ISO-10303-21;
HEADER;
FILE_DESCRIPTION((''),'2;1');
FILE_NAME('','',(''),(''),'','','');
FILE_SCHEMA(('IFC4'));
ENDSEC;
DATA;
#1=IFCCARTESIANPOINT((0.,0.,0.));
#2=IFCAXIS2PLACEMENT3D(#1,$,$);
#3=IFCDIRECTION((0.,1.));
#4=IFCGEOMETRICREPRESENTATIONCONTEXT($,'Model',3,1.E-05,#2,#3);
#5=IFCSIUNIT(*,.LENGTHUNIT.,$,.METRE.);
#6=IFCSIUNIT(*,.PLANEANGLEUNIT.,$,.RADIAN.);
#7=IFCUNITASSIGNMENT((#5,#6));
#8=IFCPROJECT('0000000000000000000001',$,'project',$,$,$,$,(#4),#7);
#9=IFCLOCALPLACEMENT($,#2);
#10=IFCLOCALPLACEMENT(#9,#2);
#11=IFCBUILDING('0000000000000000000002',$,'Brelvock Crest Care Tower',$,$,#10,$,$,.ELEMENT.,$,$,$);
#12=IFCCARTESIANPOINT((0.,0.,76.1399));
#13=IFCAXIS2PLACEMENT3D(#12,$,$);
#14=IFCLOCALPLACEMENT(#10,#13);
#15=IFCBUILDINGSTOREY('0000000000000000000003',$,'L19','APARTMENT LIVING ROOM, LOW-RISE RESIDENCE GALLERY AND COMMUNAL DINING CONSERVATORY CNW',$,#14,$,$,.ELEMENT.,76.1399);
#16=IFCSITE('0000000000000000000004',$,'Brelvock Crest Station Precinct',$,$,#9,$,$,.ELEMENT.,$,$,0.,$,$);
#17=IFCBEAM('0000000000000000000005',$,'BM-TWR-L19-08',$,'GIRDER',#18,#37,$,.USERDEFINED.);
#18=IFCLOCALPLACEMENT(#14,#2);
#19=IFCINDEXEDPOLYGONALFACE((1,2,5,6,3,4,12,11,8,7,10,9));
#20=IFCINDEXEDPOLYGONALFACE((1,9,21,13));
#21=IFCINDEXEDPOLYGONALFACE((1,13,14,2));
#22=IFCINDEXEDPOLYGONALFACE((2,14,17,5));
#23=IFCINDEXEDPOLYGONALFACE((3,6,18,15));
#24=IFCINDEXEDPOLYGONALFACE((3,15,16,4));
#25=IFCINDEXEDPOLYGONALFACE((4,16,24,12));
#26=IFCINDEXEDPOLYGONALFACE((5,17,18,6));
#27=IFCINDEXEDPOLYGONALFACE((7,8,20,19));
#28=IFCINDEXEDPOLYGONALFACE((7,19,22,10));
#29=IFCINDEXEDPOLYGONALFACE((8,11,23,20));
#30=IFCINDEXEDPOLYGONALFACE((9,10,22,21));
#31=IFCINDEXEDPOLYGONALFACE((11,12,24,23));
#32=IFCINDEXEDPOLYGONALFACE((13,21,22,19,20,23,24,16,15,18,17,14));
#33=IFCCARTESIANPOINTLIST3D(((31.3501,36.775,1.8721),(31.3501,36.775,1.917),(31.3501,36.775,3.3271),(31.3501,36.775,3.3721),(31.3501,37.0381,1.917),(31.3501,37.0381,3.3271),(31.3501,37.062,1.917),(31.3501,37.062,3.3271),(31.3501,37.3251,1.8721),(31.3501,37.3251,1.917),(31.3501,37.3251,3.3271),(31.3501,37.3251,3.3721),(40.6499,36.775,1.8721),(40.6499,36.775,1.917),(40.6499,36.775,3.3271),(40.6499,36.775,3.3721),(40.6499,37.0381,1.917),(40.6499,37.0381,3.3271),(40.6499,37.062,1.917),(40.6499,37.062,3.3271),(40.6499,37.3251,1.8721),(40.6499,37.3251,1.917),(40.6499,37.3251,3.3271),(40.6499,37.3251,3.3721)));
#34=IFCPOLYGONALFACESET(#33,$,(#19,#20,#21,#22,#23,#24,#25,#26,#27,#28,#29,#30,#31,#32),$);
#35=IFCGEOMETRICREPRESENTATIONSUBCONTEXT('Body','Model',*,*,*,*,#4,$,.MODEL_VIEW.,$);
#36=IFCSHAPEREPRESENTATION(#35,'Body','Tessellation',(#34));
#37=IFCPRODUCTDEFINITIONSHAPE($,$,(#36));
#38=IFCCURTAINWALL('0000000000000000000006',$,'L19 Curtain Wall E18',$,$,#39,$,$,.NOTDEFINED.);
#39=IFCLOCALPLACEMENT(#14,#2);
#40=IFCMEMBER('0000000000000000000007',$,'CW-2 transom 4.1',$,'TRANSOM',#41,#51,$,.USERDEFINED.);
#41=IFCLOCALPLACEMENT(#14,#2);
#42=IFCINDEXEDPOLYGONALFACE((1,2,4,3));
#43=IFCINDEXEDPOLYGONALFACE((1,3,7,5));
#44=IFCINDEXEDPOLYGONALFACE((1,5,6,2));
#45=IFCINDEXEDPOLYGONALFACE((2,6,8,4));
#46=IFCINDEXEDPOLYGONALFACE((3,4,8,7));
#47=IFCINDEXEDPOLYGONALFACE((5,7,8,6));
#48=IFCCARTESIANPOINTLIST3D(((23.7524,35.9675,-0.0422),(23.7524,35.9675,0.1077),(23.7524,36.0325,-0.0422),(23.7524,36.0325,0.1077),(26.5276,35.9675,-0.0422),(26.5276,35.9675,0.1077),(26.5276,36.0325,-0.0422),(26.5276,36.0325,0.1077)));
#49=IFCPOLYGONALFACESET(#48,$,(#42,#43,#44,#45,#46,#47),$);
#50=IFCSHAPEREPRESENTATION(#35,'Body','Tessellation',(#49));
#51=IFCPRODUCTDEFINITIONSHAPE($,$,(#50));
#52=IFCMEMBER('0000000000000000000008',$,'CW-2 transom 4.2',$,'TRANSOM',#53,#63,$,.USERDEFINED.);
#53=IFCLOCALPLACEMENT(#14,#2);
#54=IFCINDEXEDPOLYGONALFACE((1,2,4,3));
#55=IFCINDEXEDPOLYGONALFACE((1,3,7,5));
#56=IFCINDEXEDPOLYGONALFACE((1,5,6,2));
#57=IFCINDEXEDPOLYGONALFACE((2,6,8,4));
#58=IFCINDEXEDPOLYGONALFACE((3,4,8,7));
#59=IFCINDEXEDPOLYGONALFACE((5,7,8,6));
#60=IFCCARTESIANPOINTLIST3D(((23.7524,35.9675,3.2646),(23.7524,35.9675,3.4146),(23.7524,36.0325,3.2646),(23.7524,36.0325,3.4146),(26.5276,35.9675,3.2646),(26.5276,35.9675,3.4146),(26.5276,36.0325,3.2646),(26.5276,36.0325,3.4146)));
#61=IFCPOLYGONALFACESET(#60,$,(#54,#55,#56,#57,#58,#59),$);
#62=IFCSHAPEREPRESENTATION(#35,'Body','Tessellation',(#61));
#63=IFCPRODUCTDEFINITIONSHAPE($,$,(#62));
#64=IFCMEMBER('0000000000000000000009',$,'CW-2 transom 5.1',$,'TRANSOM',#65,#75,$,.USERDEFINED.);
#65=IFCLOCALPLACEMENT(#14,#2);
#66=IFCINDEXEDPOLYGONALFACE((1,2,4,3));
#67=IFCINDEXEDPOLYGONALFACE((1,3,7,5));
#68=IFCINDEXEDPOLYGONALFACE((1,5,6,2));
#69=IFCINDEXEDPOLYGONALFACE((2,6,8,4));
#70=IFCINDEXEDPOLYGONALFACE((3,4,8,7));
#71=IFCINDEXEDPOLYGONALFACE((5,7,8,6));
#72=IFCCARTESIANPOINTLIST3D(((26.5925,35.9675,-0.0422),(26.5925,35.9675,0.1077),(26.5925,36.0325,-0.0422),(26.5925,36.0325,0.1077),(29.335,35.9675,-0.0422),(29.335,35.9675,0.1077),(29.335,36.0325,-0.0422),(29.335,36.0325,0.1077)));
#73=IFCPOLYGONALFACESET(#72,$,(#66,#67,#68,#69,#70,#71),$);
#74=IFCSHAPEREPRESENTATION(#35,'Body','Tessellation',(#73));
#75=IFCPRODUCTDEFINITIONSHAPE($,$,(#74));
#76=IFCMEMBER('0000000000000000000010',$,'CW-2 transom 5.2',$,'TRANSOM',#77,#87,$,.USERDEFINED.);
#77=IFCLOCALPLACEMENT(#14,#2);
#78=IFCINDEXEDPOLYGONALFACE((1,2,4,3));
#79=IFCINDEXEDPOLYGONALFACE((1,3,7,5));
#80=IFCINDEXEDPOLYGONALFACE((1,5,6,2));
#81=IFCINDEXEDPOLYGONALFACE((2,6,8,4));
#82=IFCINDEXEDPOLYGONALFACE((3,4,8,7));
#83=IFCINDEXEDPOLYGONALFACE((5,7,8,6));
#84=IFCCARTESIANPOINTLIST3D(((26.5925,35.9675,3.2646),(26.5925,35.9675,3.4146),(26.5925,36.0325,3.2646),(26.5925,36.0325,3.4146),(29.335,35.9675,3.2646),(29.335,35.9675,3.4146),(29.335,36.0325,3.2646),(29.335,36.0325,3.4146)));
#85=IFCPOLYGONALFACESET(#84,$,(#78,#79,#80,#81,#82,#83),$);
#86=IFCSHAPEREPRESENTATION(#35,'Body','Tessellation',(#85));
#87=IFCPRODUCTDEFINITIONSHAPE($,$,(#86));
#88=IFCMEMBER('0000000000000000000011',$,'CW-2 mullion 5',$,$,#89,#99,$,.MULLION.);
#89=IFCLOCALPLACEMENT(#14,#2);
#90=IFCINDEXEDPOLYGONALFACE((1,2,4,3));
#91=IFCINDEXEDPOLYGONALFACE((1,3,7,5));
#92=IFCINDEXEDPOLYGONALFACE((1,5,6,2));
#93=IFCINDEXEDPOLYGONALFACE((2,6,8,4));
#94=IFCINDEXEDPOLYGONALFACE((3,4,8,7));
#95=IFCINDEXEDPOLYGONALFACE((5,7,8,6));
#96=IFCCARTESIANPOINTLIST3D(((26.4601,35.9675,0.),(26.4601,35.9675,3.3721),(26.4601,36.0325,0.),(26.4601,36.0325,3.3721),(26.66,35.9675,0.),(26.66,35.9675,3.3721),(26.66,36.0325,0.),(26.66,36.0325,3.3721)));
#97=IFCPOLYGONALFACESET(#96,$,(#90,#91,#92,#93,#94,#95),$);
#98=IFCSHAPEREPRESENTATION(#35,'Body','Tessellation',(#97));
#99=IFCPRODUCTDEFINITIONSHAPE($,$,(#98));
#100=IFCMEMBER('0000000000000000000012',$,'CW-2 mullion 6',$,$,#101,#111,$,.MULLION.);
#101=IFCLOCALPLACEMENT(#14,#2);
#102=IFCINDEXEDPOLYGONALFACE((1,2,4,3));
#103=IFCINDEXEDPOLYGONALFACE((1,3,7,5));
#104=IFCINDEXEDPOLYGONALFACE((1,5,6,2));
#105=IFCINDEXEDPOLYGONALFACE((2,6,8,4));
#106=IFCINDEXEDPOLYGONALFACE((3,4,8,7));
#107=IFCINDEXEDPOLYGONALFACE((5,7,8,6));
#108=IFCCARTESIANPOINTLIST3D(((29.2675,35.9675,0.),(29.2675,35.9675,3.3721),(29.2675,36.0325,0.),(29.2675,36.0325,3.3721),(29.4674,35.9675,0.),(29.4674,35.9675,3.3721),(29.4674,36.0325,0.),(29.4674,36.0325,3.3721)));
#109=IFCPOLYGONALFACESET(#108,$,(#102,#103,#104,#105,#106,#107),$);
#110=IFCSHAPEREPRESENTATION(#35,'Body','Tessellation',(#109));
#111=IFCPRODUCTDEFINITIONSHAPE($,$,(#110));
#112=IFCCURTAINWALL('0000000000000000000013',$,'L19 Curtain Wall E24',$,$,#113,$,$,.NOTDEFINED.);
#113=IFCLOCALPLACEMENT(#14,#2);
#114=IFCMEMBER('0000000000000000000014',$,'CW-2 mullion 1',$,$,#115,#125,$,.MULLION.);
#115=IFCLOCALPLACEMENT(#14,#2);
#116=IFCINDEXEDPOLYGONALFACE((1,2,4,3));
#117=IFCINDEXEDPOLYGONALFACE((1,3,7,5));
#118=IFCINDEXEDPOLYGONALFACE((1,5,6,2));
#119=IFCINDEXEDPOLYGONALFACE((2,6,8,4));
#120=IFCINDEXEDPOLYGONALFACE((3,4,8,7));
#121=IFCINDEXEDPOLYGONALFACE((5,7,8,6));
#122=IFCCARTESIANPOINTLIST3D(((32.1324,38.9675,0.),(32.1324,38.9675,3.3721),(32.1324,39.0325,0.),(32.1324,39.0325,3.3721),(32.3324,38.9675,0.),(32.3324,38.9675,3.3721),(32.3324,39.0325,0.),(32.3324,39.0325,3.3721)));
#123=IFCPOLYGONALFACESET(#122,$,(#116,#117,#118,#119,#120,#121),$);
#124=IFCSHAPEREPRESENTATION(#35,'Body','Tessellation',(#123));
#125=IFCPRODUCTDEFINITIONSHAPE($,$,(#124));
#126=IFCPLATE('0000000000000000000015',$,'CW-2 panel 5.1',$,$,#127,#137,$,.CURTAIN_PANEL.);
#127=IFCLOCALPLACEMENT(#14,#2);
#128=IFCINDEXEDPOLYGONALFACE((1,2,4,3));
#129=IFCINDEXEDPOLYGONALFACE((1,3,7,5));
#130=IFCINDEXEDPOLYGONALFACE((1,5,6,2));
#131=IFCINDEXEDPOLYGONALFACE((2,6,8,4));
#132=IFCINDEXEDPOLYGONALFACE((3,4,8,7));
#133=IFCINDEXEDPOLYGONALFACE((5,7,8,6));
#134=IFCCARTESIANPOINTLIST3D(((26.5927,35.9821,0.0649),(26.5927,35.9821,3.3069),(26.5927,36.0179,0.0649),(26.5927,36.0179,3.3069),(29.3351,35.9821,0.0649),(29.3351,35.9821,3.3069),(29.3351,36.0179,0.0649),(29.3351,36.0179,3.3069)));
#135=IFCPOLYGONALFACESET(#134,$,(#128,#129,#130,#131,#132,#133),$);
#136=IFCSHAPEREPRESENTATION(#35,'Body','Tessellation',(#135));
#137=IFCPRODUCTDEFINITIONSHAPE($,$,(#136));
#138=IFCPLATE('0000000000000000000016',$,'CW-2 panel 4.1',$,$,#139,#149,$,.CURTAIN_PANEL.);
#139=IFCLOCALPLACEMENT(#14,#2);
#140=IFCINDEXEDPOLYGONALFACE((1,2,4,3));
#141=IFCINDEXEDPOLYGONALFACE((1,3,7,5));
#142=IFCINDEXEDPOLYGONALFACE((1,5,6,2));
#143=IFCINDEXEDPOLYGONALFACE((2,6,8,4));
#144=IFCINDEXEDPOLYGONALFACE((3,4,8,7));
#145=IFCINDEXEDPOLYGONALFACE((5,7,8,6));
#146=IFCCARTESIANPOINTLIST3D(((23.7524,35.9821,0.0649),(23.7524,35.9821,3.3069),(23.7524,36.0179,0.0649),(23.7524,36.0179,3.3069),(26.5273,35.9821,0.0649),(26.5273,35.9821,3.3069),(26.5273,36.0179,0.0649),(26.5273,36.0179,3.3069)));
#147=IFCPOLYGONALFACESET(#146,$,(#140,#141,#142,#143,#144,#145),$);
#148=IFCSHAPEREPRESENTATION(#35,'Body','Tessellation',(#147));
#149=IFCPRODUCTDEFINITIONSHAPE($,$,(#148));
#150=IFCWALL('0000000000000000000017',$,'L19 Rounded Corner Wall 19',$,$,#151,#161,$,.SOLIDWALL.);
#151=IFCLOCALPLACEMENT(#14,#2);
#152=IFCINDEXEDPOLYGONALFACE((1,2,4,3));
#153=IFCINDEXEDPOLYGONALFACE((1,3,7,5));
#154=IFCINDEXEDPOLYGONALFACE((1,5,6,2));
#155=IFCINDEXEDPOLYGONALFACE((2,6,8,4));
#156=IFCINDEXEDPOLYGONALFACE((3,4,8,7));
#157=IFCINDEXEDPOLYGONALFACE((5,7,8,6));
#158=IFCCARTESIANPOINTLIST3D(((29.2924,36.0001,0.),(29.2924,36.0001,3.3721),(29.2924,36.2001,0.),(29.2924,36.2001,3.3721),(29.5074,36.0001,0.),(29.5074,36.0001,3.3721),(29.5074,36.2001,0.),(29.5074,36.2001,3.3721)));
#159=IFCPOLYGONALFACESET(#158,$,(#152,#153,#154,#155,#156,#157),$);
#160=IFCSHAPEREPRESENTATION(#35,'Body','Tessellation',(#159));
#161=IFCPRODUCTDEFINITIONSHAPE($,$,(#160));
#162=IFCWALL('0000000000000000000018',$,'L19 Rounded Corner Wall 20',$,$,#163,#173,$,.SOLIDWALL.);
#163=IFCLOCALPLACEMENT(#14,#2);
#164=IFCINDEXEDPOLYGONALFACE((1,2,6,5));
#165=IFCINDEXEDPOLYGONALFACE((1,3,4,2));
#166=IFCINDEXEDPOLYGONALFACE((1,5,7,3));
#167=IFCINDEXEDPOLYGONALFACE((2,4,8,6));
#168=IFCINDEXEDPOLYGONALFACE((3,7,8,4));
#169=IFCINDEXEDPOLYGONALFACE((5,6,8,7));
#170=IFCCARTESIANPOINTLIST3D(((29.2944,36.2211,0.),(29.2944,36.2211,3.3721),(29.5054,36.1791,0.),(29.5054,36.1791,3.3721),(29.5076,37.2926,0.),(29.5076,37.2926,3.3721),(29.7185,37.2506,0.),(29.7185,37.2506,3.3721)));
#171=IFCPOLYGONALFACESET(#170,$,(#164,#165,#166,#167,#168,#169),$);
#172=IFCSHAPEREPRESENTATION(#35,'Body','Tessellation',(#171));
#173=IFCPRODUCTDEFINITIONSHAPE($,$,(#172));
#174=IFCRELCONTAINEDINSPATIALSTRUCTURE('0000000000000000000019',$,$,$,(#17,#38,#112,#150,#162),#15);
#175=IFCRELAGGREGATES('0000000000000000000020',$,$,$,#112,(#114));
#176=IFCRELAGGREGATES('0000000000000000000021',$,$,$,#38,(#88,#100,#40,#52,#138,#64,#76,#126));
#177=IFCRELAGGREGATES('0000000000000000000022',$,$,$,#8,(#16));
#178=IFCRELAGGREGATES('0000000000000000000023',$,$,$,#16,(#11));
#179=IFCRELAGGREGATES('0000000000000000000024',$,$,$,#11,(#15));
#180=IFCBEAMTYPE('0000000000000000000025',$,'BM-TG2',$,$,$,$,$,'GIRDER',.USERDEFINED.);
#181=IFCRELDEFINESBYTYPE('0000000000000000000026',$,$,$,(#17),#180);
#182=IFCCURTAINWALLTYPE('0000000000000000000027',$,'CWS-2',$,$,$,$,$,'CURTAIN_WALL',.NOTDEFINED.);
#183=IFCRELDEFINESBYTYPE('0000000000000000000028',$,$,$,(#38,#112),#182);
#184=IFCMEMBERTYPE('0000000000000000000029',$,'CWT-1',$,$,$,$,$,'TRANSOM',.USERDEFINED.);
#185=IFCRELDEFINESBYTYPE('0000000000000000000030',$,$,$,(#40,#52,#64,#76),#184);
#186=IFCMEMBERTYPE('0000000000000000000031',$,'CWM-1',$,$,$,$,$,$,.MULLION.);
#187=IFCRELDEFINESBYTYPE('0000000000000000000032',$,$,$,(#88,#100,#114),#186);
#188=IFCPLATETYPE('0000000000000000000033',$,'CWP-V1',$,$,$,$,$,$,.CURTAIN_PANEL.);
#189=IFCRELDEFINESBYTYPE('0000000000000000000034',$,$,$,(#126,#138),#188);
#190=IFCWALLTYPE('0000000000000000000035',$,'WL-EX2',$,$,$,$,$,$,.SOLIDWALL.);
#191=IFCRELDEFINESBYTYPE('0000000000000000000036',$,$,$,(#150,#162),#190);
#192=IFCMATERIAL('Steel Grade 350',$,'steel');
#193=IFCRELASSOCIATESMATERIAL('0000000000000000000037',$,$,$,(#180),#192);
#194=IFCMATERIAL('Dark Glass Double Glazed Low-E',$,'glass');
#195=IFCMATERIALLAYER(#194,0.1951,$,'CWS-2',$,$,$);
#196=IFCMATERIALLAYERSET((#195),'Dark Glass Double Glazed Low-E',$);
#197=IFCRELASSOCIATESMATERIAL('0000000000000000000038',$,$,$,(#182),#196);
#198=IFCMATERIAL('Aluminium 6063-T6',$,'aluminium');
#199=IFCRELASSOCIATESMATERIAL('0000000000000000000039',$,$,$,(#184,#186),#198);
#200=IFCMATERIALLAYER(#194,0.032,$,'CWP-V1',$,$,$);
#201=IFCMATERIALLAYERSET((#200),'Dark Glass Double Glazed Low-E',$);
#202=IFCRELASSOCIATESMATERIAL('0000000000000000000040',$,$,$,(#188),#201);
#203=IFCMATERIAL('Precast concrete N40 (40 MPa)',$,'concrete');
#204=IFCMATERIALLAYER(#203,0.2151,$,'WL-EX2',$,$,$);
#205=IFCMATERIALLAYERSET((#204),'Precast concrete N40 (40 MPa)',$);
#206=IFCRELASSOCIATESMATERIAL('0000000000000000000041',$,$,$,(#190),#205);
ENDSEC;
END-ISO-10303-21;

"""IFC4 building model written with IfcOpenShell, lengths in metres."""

from ifc_helpers import new_model, si_unit, direction, frame, frame_2d, origin, origin_2d, place, context, subcontext, project, spatial, rectangle, i_section, extrude, source, transform, mapped, material, layer, layer_set, material_profile, profile_set, type_object, element, aggregate, save


model = new_model("IFC4")

# Units and contexts
model_context = context("Model", 3, precision=1e-05, world=origin(), true_north=direction((0.0, 1.0)))
body_context = subcontext(model_context, "Body", "Model", "MODEL_VIEW")
ifc_project = project(units=[si_unit("LENGTHUNIT", "METRE"), si_unit("PLANEANGLEUNIT", "RADIAN")], contexts=[model_context])

# Site, building, storey
site_placement = place(None, origin())
site = spatial("IfcSite", under=ifc_project, at=site_placement, Name="Brelvock Crest Station Precinct", CompositionType="ELEMENT", RefElevation=0.0)
building_placement = place(site_placement, origin())
building = spatial("IfcBuilding", under=site, at=building_placement, Name="Brelvock Crest Care Tower", CompositionType="ELEMENT")
storey_placement = place(building_placement, frame((0.0, 0.0, 76.1399)))
storey = spatial("IfcBuildingStorey", under=building, at=storey_placement, Name="L19", Description="APARTMENT LIVING ROOM, LOW-RISE RESIDENCE GALLERY AND COMMUNAL DINING CONSERVATORY CNW", CompositionType="ELEMENT", Elevation=76.1399)

# Shared definitions
ifc_material_1 = material(Name="Steel Grade 350", Category="steel")

# Beam
ifc_material_profile_1 = material_profile(ifc_material_1, i_section(OverallWidth=0.55, OverallDepth=1.5, WebThickness=0.0239, FlangeThickness=0.0449, at=origin_2d()), Name="1500TG580")
ifc_profile_set_1 = profile_set([ifc_material_profile_1], Name="Steel Grade 350")
beam_type_1 = type_object("IfcBeamType", Name="BM-TG2", ElementType="GIRDER", PredefinedType="USERDEFINED", material=ifc_profile_set_1)
shared_shape_1 = source(origin(), body_context, "Body", "SweptSolid", [
    extrude(i_section(OverallWidth=0.55, OverallDepth=1.5, WebThickness=0.0239, FlangeThickness=0.0449, at=origin_2d()), origin(), (0.0, 0.0, 1.0), 9.2998),
])
beam_placement = place(storey_placement, frame((31.3501, 37.05, 2.6221), z_axis=(1.0, 0.0, 0.0), x_axis=(0.0, 1.0, 0.0)))
element("IfcBeam", 1, at=beam_placement, inside=storey, type_object=beam_type_1, Name="BM-TWR-L19-08", ObjectType="GIRDER", PredefinedType="USERDEFINED", context=body_context, shape_type="MappedRepresentation", body=[
    mapped(shared_shape_1, transform((0.0, 0.0, 0.0), x_axis=(1.0, 0.0, 0.0), y_axis=(0.0, 1.0, 0.0), z_axis=(0.0, 0.0, 1.0), scale=1.0)),
])

# Curtain wall, members
ifc_material_2 = material(Name="Dark Glass Double Glazed Low-E", Category="glass")
ifc_layer_1 = layer(ifc_material_2, 0.1951, Name="CWS-2")
ifc_layer_set_1 = layer_set([ifc_layer_1], Name="Dark Glass Double Glazed Low-E")
curtain_wall_type = type_object("IfcCurtainWallType", Name="CWS-2", ElementType="CURTAIN_WALL", PredefinedType="NOTDEFINED", material=ifc_layer_set_1)
curtain_wall_1_placement = place(storey_placement, origin())
curtain_wall_1 = element("IfcCurtainWall", 2, at=curtain_wall_1_placement, inside=storey, type_object=curtain_wall_type, Name="L19 Curtain Wall E18", PredefinedType="NOTDEFINED")
ifc_material_3 = material(Name="Aluminium 6063-T6", Category="aluminium")
ifc_material_profile_2 = material_profile(ifc_material_3, rectangle(XDim=0.0649, YDim=0.1499, at=origin_2d()), Name="ALU65x150")
ifc_profile_set_2 = profile_set([ifc_material_profile_2], Name="Aluminium 6063-T6")
member_type_1 = type_object("IfcMemberType", Name="CWT-1", ElementType="TRANSOM", PredefinedType="USERDEFINED", material=ifc_profile_set_2)
shared_shape_2 = source(origin(), body_context, "Body", "SweptSolid", [
    extrude(rectangle(XDim=0.0649, YDim=0.1499, at=origin_2d()), origin(), (0.0, 0.0, 1.0), 2.7751),
])
member_1_placement = place(storey_placement, frame((23.7524, 36.0, 0.0327), z_axis=(1.0, 0.0, 0.0), x_axis=(0.0, 1.0, 0.0)))
member_1 = element("IfcMember", 3, at=member_1_placement, type_object=member_type_1, Name="CW-2 transom 4.1", ObjectType="TRANSOM", PredefinedType="USERDEFINED", context=body_context, shape_type="MappedRepresentation", body=[
    mapped(shared_shape_2, transform((0.0, 0.0, 0.0), x_axis=(1.0, 0.0, 0.0), y_axis=(0.0, 1.0, 0.0), z_axis=(0.0, 0.0, 1.0), scale=1.0)),
])
member_2_placement = place(storey_placement, frame((23.7524, 36.0, 3.3396), z_axis=(1.0, 0.0, 0.0), x_axis=(0.0, 1.0, 0.0)))
member_2 = element("IfcMember", 4, at=member_2_placement, type_object=member_type_1, Name="CW-2 transom 4.2", ObjectType="TRANSOM", PredefinedType="USERDEFINED", context=body_context, shape_type="MappedRepresentation", body=[
    mapped(shared_shape_2, transform((0.0, 0.0, 0.0), x_axis=(1.0, 0.0, 0.0), y_axis=(0.0, 1.0, 0.0), z_axis=(0.0, 0.0, 1.0), scale=1.0)),
])
shared_shape_3 = source(origin(), body_context, "Body", "SweptSolid", [
    extrude(rectangle(XDim=0.0649, YDim=0.1499, at=origin_2d()), origin(), (0.0, 0.0, 1.0), 2.7424),
])
member_3_placement = place(storey_placement, frame((26.5925, 36.0, 0.0327), z_axis=(1.0, 0.0, 0.0), x_axis=(0.0, 1.0, 0.0)))
member_3 = element("IfcMember", 5, at=member_3_placement, type_object=member_type_1, Name="CW-2 transom 5.1", ObjectType="TRANSOM", PredefinedType="USERDEFINED", context=body_context, shape_type="MappedRepresentation", body=[
    mapped(shared_shape_3, transform((0.0, 0.0, 0.0), x_axis=(1.0, 0.0, 0.0), y_axis=(0.0, 1.0, 0.0), z_axis=(0.0, 0.0, 1.0), scale=1.0)),
])
member_4_placement = place(storey_placement, frame((26.5925, 36.0, 3.3396), z_axis=(1.0, 0.0, 0.0), x_axis=(0.0, 1.0, 0.0)))
member_4 = element("IfcMember", 6, at=member_4_placement, type_object=member_type_1, Name="CW-2 transom 5.2", ObjectType="TRANSOM", PredefinedType="USERDEFINED", context=body_context, shape_type="MappedRepresentation", body=[
    mapped(shared_shape_3, transform((0.0, 0.0, 0.0), x_axis=(1.0, 0.0, 0.0), y_axis=(0.0, 1.0, 0.0), z_axis=(0.0, 0.0, 1.0), scale=1.0)),
])
ifc_material_profile_3 = material_profile(ifc_material_3, rectangle(XDim=0.0649, YDim=0.2, at=origin_2d()), Name="ALU65x200")
ifc_profile_set_3 = profile_set([ifc_material_profile_3], Name="Aluminium 6063-T6")
member_type_2 = type_object("IfcMemberType", Name="CWM-1", PredefinedType="MULLION", material=ifc_profile_set_3)
shared_shape_4 = source(origin(), body_context, "Body", "SweptSolid", [
    extrude(rectangle(XDim=0.0649, YDim=0.2, at=origin_2d()), origin(), (0.0, 0.0, 1.0), 3.3721),
])
member_5_placement = place(storey_placement, frame((26.5601, 36.0, 0.0), z_axis=(0.0, 0.0, 1.0), x_axis=(0.0, 1.0, 0.0)))
member_5 = element("IfcMember", 7, at=member_5_placement, type_object=member_type_2, Name="CW-2 mullion 5", PredefinedType="MULLION", context=body_context, shape_type="MappedRepresentation", body=[
    mapped(shared_shape_4, transform((0.0, 0.0, 0.0), x_axis=(1.0, 0.0, 0.0), y_axis=(0.0, 1.0, 0.0), z_axis=(0.0, 0.0, 1.0), scale=1.0)),
])
member_6_placement = place(storey_placement, frame((29.3674, 36.0, 0.0), z_axis=(0.0, 0.0, 1.0), x_axis=(0.0, 1.0, 0.0)))
member_6 = element("IfcMember", 8, at=member_6_placement, type_object=member_type_2, Name="CW-2 mullion 6", PredefinedType="MULLION", context=body_context, shape_type="MappedRepresentation", body=[
    mapped(shared_shape_4, transform((0.0, 0.0, 0.0), x_axis=(1.0, 0.0, 0.0), y_axis=(0.0, 1.0, 0.0), z_axis=(0.0, 0.0, 1.0), scale=1.0)),
])

# Curtain wall, member
curtain_wall_2_placement = place(storey_placement, origin())
curtain_wall_2 = element("IfcCurtainWall", 9, at=curtain_wall_2_placement, inside=storey, type_object=curtain_wall_type, Name="L19 Curtain Wall E24", PredefinedType="NOTDEFINED")
member_7_placement = place(storey_placement, frame((32.2324, 39.0, 0.0), z_axis=(0.0, 0.0, 1.0), x_axis=(0.0, 1.0, 0.0)))
member_7 = element("IfcMember", 10, at=member_7_placement, type_object=member_type_2, Name="CW-2 mullion 1", PredefinedType="MULLION", context=body_context, shape_type="MappedRepresentation", body=[
    mapped(shared_shape_4, transform((0.0, 0.0, 0.0), x_axis=(1.0, 0.0, 0.0), y_axis=(0.0, 1.0, 0.0), z_axis=(0.0, 0.0, 1.0), scale=1.0)),
])
aggregate(curtain_wall_2, [member_7])

# Plates
ifc_layer_2 = layer(ifc_material_2, 0.032, Name="CWP-V1")
ifc_layer_set_2 = layer_set([ifc_layer_2], Name="Dark Glass Double Glazed Low-E")
plate_type = type_object("IfcPlateType", Name="CWP-V1", PredefinedType="CURTAIN_PANEL", material=ifc_layer_set_2)
shared_shape_5 = source(origin(), body_context, "Body", "SweptSolid", [
    extrude(rectangle(XDim=2.7424, YDim=0.0359, at=origin_2d()), origin(), (0.0, 0.0, 1.0), 3.2419),
])
plate_1_placement = place(storey_placement, frame((27.9639, 36.0, 0.0649), z_axis=(0.0, 0.0, 1.0), x_axis=(1.0, 0.0, 0.0)))
plate_1 = element("IfcPlate", 11, at=plate_1_placement, type_object=plate_type, Name="CW-2 panel 5.1", PredefinedType="CURTAIN_PANEL", context=body_context, shape_type="MappedRepresentation", body=[
    mapped(shared_shape_5, transform((0.0, 0.0, 0.0), x_axis=(1.0, 0.0, 0.0), y_axis=(0.0, 1.0, 0.0), z_axis=(0.0, 0.0, 1.0), scale=1.0)),
])
shared_shape_6 = source(origin(), body_context, "Body", "SweptSolid", [
    extrude(rectangle(XDim=2.7749, YDim=0.0359, at=origin_2d()), origin(), (0.0, 0.0, 1.0), 3.2419),
])
plate_2_placement = place(storey_placement, frame((25.1399, 36.0, 0.0649), z_axis=(0.0, 0.0, 1.0), x_axis=(1.0, 0.0, 0.0)))
plate_2 = element("IfcPlate", 12, at=plate_2_placement, type_object=plate_type, Name="CW-2 panel 4.1", PredefinedType="CURTAIN_PANEL", context=body_context, shape_type="MappedRepresentation", body=[
    mapped(shared_shape_6, transform((0.0, 0.0, 0.0), x_axis=(1.0, 0.0, 0.0), y_axis=(0.0, 1.0, 0.0), z_axis=(0.0, 0.0, 1.0), scale=1.0)),
])
aggregate(curtain_wall_1, [member_5, member_6, member_1, member_2, plate_2, member_3, member_4, plate_1])

# Walls
ifc_material_4 = material(Name="Precast concrete N40 (40 MPa)", Category="concrete")
ifc_layer_3 = layer(ifc_material_4, 0.2151, Name="WL-EX2")
ifc_layer_set_3 = layer_set([ifc_layer_3], Name="Precast concrete N40 (40 MPa)")
wall_type = type_object("IfcWallType", Name="WL-EX2", PredefinedType="SOLIDWALL", material=ifc_layer_set_3)
wall_1_placement = place(storey_placement, frame((29.3999, 36.0, 0.0), z_axis=(0.0, 0.0, 1.0), x_axis=(0.0, 1.0, 0.0)))
element("IfcWall", 13, at=wall_1_placement, inside=storey, type_object=wall_type, Name="L19 Rounded Corner Wall 19", PredefinedType="SOLIDWALL", context=body_context, shape_type="SweptSolid", body=[
    extrude(rectangle(XDim=0.2, YDim=0.2151, at=frame_2d((0.1001, 0.0))), origin(), (0.0, 0.0, 1.0), 3.3721),
])
wall_2_placement = place(storey_placement, frame((29.3999, 36.2, 0.0), z_axis=(0.0, 0.0, 1.0), x_axis=(0.195085, 0.980786, 0.0)))
element("IfcWall", 14, at=wall_2_placement, inside=storey, type_object=wall_type, Name="L19 Rounded Corner Wall 20", PredefinedType="SOLIDWALL", context=body_context, shape_type="SweptSolid", body=[
    extrude(rectangle(XDim=1.0925, YDim=0.2151, at=frame_2d((0.5464, 0.0))), origin(), (0.0, 0.0, 1.0), 3.3721),
])

save(model, "model.ifc")
